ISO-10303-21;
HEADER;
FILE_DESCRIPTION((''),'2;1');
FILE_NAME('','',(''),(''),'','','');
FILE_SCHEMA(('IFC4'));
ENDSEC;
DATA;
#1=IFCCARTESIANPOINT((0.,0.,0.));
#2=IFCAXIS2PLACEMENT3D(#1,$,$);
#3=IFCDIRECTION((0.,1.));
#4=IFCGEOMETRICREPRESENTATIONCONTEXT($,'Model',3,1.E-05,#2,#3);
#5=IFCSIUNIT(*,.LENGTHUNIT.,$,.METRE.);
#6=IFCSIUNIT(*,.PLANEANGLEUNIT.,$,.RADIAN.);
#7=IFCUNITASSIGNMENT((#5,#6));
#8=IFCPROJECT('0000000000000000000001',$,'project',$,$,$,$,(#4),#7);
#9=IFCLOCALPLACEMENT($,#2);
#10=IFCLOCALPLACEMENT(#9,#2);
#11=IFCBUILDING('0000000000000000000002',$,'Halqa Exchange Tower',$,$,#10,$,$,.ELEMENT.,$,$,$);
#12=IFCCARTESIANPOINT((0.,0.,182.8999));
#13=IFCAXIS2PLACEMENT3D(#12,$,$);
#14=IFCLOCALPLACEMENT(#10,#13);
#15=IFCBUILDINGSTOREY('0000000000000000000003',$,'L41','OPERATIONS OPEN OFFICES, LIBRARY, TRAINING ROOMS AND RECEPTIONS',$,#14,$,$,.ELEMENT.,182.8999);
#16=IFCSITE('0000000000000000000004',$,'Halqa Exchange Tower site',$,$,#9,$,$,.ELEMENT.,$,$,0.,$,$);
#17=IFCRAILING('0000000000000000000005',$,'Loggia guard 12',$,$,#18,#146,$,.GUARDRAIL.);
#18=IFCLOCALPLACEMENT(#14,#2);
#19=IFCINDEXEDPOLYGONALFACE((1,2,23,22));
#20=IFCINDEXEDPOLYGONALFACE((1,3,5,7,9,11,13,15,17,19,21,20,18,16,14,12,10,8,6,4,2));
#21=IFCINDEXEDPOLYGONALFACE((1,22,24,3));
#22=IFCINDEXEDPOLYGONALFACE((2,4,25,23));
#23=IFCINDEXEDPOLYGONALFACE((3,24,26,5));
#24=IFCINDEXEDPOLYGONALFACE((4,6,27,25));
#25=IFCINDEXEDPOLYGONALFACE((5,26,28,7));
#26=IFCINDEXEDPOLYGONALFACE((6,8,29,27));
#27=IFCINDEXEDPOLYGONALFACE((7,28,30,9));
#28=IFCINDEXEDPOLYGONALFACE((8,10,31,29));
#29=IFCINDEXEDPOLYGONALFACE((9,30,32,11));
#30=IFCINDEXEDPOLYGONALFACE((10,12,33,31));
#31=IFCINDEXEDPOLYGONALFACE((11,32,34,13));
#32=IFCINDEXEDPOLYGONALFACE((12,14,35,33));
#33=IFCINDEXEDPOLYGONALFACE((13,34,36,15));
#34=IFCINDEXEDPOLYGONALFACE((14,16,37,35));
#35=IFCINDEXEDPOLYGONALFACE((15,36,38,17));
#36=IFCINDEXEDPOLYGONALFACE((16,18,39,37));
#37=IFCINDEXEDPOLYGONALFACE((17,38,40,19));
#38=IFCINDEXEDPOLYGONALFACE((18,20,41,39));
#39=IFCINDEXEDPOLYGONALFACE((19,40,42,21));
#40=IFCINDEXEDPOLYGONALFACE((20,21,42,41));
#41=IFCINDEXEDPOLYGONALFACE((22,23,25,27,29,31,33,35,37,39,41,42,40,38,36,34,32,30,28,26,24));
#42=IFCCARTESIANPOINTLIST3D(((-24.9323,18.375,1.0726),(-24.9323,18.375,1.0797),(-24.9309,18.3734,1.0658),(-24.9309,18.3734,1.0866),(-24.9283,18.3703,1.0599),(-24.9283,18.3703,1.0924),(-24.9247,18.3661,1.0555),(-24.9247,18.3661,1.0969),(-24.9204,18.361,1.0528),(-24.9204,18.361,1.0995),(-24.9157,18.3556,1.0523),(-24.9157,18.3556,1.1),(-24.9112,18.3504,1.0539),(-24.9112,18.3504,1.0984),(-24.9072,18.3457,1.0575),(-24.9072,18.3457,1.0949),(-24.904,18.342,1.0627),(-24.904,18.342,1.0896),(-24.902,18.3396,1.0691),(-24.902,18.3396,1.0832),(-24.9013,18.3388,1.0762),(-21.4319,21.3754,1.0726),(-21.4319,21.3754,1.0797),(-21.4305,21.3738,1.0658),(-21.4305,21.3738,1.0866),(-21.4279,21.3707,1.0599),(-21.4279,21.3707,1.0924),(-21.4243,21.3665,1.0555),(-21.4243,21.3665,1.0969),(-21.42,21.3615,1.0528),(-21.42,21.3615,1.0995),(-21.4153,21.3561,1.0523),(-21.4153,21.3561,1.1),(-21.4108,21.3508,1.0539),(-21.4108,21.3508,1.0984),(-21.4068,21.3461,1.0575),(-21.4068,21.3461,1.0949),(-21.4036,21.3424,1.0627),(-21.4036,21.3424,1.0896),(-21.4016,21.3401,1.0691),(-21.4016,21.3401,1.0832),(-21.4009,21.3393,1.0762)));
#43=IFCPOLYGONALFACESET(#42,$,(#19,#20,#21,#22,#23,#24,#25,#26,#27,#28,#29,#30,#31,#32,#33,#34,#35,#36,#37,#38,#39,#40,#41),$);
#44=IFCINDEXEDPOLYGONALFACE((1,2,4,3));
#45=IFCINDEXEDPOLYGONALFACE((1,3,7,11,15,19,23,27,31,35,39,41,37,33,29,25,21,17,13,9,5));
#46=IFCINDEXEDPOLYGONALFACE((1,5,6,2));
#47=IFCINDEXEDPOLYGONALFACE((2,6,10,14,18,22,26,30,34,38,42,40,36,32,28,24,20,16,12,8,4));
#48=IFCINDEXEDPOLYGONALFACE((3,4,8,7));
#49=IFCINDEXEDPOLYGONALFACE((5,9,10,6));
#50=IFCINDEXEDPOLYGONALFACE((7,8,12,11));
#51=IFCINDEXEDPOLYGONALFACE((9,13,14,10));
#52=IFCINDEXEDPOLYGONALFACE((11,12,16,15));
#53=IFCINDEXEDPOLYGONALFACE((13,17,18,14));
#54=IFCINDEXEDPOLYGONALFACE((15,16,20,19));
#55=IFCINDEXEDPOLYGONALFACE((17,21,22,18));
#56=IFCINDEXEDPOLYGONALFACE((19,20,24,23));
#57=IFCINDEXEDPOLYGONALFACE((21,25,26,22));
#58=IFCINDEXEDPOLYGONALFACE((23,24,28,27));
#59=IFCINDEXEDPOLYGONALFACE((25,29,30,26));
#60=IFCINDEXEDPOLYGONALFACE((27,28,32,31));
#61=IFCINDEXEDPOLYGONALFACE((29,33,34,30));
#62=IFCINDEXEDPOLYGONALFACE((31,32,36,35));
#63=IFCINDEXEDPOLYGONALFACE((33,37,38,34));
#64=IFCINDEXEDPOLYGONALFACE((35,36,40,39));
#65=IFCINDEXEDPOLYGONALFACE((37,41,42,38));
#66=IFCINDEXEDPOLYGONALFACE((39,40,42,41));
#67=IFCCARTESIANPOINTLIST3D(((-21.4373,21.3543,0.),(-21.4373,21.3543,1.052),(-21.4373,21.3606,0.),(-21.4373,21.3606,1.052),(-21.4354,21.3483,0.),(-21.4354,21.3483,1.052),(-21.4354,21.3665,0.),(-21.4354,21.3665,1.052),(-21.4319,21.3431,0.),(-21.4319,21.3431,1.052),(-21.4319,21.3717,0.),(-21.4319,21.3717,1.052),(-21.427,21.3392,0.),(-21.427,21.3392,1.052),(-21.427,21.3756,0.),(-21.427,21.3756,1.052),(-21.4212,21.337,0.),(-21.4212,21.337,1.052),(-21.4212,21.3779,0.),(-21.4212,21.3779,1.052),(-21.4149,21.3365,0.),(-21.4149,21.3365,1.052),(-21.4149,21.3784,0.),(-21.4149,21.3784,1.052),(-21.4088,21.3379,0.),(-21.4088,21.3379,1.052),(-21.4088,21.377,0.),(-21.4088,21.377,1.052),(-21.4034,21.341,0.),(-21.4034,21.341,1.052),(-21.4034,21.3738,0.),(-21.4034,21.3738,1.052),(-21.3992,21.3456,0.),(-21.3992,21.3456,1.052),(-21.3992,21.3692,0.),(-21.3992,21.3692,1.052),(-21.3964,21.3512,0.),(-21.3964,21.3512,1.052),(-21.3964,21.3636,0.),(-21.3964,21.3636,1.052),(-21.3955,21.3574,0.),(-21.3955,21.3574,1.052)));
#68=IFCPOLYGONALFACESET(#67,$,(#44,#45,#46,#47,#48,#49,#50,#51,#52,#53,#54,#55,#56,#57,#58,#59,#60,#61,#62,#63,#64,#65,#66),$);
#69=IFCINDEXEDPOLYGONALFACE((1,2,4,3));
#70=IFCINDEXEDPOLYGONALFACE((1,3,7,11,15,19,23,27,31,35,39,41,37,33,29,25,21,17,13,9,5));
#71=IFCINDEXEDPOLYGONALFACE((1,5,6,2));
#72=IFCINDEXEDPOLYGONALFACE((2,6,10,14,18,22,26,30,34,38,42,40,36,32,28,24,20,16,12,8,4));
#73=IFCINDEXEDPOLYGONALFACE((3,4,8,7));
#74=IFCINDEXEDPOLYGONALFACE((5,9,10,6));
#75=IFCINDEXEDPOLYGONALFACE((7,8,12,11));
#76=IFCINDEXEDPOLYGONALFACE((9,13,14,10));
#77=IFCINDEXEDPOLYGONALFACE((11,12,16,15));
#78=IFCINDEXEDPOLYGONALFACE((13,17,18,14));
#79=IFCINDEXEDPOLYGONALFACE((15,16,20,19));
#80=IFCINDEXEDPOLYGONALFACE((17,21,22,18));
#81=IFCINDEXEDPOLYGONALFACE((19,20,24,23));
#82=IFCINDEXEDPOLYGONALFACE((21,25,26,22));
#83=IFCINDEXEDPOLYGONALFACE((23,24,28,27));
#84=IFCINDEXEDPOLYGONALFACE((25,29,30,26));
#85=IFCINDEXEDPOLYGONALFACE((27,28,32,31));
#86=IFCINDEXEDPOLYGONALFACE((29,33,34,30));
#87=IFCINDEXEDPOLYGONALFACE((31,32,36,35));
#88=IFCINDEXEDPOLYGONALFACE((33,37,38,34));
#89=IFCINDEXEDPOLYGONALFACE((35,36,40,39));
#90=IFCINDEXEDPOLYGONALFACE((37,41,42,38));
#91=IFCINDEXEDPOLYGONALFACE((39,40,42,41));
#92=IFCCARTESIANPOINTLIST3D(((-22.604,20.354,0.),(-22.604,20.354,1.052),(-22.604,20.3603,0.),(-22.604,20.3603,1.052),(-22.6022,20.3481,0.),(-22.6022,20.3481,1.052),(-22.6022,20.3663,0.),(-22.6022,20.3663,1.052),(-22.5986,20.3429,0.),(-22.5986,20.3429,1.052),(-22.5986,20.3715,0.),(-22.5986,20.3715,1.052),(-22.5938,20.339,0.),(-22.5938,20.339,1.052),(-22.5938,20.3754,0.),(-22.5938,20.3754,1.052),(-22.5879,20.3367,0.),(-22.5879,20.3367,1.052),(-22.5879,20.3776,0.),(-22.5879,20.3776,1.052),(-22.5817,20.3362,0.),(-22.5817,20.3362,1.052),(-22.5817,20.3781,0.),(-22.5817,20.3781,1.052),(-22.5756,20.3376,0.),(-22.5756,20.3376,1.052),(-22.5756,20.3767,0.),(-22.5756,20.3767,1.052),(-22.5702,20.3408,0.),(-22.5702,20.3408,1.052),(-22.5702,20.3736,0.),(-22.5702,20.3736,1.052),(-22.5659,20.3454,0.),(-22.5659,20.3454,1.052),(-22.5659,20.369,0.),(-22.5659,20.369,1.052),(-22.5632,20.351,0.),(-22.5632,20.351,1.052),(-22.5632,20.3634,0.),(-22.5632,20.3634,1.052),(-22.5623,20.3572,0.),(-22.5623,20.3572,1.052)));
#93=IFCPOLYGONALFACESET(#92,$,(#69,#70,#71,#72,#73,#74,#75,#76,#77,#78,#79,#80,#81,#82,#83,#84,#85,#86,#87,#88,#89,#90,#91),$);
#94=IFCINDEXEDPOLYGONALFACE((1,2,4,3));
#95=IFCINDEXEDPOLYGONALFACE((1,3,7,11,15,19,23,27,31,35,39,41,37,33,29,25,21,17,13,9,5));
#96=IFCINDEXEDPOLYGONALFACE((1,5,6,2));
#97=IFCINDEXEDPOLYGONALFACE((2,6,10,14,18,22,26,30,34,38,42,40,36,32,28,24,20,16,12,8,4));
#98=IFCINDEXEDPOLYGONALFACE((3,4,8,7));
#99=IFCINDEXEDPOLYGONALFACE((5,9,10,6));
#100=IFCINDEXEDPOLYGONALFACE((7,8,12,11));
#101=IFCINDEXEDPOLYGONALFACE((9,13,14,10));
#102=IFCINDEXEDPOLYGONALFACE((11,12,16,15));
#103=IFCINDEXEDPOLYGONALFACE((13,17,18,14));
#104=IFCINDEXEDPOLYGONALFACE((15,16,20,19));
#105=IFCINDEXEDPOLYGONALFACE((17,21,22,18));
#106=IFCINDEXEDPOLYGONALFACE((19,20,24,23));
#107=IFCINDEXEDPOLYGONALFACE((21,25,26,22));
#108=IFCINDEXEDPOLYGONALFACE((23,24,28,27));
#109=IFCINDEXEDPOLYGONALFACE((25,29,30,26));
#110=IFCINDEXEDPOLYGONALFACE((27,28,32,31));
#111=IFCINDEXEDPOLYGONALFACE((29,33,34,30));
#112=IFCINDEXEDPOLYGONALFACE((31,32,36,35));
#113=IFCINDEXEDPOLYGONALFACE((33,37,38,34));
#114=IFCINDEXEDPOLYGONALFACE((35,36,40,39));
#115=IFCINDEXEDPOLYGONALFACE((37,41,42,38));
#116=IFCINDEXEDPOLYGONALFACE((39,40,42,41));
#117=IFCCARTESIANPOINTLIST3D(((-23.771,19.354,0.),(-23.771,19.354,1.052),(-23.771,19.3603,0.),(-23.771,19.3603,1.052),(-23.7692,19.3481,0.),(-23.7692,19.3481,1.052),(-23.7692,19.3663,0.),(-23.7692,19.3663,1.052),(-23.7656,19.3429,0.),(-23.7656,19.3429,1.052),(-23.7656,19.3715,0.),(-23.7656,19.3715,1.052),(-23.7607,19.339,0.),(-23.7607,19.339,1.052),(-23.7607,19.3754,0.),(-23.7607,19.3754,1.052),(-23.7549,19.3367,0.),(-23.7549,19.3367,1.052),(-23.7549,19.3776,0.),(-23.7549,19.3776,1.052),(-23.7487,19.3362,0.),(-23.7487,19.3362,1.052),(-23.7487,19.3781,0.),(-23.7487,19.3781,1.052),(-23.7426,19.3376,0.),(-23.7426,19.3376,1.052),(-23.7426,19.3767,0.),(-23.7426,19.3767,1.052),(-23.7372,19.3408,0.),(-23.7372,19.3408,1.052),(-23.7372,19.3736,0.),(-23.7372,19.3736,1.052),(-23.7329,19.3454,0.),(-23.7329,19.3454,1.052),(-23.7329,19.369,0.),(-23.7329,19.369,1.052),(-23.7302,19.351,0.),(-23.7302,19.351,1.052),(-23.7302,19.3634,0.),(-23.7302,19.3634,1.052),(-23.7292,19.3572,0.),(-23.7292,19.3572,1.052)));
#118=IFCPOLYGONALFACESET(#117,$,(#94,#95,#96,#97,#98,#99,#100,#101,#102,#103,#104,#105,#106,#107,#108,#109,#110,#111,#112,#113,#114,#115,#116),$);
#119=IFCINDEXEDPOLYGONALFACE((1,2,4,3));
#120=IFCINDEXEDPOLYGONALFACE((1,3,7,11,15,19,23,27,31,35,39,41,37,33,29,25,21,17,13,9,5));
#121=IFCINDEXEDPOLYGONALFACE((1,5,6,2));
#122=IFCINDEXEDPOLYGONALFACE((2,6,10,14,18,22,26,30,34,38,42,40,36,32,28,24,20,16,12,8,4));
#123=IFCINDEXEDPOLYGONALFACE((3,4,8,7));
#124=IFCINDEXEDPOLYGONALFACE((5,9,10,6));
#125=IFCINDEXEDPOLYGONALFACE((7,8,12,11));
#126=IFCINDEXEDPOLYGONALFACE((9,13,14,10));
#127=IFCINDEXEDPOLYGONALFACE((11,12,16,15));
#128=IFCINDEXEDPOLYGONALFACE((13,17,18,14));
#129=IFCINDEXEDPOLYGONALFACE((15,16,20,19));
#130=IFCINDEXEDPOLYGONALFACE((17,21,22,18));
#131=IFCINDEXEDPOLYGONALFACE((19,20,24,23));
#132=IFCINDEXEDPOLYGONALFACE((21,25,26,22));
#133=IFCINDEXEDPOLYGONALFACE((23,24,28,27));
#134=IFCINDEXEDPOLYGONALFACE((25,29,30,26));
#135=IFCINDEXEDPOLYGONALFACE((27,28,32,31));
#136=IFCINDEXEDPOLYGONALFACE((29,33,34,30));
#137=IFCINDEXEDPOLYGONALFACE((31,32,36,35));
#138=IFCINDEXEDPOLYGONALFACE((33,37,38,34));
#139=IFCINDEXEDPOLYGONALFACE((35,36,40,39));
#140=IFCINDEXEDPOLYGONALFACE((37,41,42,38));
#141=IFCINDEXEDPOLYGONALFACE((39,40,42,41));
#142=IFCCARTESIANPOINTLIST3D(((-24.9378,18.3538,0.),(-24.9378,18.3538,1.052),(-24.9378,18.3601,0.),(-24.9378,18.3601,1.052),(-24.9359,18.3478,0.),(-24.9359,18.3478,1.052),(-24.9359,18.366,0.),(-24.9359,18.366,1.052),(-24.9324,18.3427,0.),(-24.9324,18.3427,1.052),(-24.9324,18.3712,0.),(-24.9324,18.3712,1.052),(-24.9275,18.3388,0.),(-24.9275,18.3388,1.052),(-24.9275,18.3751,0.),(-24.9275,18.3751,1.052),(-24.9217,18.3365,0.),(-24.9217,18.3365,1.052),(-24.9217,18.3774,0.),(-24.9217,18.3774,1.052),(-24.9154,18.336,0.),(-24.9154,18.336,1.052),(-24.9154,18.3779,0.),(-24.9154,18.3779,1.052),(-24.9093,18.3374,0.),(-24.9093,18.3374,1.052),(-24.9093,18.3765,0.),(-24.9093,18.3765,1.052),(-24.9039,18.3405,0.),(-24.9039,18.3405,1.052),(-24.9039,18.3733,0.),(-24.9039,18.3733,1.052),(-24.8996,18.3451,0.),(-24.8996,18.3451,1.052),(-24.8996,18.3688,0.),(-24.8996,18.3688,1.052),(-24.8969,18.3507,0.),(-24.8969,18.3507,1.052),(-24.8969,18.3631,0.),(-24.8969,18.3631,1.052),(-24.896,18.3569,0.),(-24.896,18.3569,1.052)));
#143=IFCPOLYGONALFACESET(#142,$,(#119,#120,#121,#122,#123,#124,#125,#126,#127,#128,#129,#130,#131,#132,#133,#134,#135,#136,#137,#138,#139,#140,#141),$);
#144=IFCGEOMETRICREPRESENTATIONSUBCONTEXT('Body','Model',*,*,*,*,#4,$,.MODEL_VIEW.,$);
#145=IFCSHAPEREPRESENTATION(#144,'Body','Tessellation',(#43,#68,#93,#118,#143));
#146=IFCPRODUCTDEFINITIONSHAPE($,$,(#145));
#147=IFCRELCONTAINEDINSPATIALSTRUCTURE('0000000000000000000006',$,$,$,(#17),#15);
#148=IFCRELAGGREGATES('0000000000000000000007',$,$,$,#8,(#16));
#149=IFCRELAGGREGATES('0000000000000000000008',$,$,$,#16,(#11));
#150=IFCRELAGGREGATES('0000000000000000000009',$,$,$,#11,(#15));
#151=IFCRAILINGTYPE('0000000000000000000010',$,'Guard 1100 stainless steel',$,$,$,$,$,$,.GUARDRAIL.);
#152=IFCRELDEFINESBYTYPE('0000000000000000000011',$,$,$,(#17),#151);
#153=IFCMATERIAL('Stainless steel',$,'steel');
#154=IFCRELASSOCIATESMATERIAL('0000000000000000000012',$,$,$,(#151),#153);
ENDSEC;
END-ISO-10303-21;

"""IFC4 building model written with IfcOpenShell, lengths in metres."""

from ifc_helpers import new_model, si_unit, direction, frame, origin, origin_2d, place, context, subcontext, project, spatial, circle, extrude, material, type_object, element, save


model = new_model("IFC4")

# Units and contexts
model_context = context("Model", 3, precision=1e-05, world=origin(), true_north=direction((0.0, 1.0)))
body_context = subcontext(model_context, "Body", "Model", "MODEL_VIEW")
ifc_project = project(units=[si_unit("LENGTHUNIT", "METRE"), si_unit("PLANEANGLEUNIT", "RADIAN")], contexts=[model_context])

# Site, building, storey
site_placement = place(None, origin())
site = spatial("IfcSite", under=ifc_project, at=site_placement, Name="Halqa Exchange Tower site", CompositionType="ELEMENT", RefElevation=0.0)
building_placement = place(site_placement, origin())
building = spatial("IfcBuilding", under=site, at=building_placement, Name="Halqa Exchange Tower", CompositionType="ELEMENT")
storey_placement = place(building_placement, frame((0.0, 0.0, 182.8999)))
storey = spatial("IfcBuildingStorey", under=building, at=storey_placement, Name="L41", Description="OPERATIONS OPEN OFFICES, LIBRARY, TRAINING ROOMS AND RECEPTIONS", CompositionType="ELEMENT", Elevation=182.8999)

# Railing
ifc_material_1 = material(Name="Stainless steel", Category="steel")
railing_type = type_object("IfcRailingType", Name="Guard 1100 stainless steel", PredefinedType="GUARDRAIL", material=ifc_material_1)
railing_1_placement = place(storey_placement, frame((-21.4165, 21.3574, 0.0)))
element("IfcRailing", 1, at=railing_1_placement, inside=storey, type_object=railing_type, Name="Loggia guard 12", PredefinedType="GUARDRAIL", context=body_context, shape_type="SweptSolid", body=[
    extrude(circle(Radius=0.0239, at=origin_2d()), frame((0.0, 0.0, 1.0762), z_axis=(-0.759249, -0.6508, 0.0), x_axis=(0.6508, -0.759249, 0.0)), (0.0, 0.0, 1.0), 4.6104),
    extrude(circle(Radius=0.021, at=origin_2d()), origin(), (0.0, 0.0, 1.0), 1.052),
    extrude(circle(Radius=0.021, at=origin_2d()), frame((-1.1667, -1.0002, 0.0)), (0.0, 0.0, 1.0), 1.052),
    extrude(circle(Radius=0.021, at=origin_2d()), frame((-2.3337, -2.0002, 0.0)), (0.0, 0.0, 1.0), 1.052),
    extrude(circle(Radius=0.021, at=origin_2d()), frame((-3.5005, -3.0005, 0.0)), (0.0, 0.0, 1.0), 1.052),
])

save(model, "model.ifc")
